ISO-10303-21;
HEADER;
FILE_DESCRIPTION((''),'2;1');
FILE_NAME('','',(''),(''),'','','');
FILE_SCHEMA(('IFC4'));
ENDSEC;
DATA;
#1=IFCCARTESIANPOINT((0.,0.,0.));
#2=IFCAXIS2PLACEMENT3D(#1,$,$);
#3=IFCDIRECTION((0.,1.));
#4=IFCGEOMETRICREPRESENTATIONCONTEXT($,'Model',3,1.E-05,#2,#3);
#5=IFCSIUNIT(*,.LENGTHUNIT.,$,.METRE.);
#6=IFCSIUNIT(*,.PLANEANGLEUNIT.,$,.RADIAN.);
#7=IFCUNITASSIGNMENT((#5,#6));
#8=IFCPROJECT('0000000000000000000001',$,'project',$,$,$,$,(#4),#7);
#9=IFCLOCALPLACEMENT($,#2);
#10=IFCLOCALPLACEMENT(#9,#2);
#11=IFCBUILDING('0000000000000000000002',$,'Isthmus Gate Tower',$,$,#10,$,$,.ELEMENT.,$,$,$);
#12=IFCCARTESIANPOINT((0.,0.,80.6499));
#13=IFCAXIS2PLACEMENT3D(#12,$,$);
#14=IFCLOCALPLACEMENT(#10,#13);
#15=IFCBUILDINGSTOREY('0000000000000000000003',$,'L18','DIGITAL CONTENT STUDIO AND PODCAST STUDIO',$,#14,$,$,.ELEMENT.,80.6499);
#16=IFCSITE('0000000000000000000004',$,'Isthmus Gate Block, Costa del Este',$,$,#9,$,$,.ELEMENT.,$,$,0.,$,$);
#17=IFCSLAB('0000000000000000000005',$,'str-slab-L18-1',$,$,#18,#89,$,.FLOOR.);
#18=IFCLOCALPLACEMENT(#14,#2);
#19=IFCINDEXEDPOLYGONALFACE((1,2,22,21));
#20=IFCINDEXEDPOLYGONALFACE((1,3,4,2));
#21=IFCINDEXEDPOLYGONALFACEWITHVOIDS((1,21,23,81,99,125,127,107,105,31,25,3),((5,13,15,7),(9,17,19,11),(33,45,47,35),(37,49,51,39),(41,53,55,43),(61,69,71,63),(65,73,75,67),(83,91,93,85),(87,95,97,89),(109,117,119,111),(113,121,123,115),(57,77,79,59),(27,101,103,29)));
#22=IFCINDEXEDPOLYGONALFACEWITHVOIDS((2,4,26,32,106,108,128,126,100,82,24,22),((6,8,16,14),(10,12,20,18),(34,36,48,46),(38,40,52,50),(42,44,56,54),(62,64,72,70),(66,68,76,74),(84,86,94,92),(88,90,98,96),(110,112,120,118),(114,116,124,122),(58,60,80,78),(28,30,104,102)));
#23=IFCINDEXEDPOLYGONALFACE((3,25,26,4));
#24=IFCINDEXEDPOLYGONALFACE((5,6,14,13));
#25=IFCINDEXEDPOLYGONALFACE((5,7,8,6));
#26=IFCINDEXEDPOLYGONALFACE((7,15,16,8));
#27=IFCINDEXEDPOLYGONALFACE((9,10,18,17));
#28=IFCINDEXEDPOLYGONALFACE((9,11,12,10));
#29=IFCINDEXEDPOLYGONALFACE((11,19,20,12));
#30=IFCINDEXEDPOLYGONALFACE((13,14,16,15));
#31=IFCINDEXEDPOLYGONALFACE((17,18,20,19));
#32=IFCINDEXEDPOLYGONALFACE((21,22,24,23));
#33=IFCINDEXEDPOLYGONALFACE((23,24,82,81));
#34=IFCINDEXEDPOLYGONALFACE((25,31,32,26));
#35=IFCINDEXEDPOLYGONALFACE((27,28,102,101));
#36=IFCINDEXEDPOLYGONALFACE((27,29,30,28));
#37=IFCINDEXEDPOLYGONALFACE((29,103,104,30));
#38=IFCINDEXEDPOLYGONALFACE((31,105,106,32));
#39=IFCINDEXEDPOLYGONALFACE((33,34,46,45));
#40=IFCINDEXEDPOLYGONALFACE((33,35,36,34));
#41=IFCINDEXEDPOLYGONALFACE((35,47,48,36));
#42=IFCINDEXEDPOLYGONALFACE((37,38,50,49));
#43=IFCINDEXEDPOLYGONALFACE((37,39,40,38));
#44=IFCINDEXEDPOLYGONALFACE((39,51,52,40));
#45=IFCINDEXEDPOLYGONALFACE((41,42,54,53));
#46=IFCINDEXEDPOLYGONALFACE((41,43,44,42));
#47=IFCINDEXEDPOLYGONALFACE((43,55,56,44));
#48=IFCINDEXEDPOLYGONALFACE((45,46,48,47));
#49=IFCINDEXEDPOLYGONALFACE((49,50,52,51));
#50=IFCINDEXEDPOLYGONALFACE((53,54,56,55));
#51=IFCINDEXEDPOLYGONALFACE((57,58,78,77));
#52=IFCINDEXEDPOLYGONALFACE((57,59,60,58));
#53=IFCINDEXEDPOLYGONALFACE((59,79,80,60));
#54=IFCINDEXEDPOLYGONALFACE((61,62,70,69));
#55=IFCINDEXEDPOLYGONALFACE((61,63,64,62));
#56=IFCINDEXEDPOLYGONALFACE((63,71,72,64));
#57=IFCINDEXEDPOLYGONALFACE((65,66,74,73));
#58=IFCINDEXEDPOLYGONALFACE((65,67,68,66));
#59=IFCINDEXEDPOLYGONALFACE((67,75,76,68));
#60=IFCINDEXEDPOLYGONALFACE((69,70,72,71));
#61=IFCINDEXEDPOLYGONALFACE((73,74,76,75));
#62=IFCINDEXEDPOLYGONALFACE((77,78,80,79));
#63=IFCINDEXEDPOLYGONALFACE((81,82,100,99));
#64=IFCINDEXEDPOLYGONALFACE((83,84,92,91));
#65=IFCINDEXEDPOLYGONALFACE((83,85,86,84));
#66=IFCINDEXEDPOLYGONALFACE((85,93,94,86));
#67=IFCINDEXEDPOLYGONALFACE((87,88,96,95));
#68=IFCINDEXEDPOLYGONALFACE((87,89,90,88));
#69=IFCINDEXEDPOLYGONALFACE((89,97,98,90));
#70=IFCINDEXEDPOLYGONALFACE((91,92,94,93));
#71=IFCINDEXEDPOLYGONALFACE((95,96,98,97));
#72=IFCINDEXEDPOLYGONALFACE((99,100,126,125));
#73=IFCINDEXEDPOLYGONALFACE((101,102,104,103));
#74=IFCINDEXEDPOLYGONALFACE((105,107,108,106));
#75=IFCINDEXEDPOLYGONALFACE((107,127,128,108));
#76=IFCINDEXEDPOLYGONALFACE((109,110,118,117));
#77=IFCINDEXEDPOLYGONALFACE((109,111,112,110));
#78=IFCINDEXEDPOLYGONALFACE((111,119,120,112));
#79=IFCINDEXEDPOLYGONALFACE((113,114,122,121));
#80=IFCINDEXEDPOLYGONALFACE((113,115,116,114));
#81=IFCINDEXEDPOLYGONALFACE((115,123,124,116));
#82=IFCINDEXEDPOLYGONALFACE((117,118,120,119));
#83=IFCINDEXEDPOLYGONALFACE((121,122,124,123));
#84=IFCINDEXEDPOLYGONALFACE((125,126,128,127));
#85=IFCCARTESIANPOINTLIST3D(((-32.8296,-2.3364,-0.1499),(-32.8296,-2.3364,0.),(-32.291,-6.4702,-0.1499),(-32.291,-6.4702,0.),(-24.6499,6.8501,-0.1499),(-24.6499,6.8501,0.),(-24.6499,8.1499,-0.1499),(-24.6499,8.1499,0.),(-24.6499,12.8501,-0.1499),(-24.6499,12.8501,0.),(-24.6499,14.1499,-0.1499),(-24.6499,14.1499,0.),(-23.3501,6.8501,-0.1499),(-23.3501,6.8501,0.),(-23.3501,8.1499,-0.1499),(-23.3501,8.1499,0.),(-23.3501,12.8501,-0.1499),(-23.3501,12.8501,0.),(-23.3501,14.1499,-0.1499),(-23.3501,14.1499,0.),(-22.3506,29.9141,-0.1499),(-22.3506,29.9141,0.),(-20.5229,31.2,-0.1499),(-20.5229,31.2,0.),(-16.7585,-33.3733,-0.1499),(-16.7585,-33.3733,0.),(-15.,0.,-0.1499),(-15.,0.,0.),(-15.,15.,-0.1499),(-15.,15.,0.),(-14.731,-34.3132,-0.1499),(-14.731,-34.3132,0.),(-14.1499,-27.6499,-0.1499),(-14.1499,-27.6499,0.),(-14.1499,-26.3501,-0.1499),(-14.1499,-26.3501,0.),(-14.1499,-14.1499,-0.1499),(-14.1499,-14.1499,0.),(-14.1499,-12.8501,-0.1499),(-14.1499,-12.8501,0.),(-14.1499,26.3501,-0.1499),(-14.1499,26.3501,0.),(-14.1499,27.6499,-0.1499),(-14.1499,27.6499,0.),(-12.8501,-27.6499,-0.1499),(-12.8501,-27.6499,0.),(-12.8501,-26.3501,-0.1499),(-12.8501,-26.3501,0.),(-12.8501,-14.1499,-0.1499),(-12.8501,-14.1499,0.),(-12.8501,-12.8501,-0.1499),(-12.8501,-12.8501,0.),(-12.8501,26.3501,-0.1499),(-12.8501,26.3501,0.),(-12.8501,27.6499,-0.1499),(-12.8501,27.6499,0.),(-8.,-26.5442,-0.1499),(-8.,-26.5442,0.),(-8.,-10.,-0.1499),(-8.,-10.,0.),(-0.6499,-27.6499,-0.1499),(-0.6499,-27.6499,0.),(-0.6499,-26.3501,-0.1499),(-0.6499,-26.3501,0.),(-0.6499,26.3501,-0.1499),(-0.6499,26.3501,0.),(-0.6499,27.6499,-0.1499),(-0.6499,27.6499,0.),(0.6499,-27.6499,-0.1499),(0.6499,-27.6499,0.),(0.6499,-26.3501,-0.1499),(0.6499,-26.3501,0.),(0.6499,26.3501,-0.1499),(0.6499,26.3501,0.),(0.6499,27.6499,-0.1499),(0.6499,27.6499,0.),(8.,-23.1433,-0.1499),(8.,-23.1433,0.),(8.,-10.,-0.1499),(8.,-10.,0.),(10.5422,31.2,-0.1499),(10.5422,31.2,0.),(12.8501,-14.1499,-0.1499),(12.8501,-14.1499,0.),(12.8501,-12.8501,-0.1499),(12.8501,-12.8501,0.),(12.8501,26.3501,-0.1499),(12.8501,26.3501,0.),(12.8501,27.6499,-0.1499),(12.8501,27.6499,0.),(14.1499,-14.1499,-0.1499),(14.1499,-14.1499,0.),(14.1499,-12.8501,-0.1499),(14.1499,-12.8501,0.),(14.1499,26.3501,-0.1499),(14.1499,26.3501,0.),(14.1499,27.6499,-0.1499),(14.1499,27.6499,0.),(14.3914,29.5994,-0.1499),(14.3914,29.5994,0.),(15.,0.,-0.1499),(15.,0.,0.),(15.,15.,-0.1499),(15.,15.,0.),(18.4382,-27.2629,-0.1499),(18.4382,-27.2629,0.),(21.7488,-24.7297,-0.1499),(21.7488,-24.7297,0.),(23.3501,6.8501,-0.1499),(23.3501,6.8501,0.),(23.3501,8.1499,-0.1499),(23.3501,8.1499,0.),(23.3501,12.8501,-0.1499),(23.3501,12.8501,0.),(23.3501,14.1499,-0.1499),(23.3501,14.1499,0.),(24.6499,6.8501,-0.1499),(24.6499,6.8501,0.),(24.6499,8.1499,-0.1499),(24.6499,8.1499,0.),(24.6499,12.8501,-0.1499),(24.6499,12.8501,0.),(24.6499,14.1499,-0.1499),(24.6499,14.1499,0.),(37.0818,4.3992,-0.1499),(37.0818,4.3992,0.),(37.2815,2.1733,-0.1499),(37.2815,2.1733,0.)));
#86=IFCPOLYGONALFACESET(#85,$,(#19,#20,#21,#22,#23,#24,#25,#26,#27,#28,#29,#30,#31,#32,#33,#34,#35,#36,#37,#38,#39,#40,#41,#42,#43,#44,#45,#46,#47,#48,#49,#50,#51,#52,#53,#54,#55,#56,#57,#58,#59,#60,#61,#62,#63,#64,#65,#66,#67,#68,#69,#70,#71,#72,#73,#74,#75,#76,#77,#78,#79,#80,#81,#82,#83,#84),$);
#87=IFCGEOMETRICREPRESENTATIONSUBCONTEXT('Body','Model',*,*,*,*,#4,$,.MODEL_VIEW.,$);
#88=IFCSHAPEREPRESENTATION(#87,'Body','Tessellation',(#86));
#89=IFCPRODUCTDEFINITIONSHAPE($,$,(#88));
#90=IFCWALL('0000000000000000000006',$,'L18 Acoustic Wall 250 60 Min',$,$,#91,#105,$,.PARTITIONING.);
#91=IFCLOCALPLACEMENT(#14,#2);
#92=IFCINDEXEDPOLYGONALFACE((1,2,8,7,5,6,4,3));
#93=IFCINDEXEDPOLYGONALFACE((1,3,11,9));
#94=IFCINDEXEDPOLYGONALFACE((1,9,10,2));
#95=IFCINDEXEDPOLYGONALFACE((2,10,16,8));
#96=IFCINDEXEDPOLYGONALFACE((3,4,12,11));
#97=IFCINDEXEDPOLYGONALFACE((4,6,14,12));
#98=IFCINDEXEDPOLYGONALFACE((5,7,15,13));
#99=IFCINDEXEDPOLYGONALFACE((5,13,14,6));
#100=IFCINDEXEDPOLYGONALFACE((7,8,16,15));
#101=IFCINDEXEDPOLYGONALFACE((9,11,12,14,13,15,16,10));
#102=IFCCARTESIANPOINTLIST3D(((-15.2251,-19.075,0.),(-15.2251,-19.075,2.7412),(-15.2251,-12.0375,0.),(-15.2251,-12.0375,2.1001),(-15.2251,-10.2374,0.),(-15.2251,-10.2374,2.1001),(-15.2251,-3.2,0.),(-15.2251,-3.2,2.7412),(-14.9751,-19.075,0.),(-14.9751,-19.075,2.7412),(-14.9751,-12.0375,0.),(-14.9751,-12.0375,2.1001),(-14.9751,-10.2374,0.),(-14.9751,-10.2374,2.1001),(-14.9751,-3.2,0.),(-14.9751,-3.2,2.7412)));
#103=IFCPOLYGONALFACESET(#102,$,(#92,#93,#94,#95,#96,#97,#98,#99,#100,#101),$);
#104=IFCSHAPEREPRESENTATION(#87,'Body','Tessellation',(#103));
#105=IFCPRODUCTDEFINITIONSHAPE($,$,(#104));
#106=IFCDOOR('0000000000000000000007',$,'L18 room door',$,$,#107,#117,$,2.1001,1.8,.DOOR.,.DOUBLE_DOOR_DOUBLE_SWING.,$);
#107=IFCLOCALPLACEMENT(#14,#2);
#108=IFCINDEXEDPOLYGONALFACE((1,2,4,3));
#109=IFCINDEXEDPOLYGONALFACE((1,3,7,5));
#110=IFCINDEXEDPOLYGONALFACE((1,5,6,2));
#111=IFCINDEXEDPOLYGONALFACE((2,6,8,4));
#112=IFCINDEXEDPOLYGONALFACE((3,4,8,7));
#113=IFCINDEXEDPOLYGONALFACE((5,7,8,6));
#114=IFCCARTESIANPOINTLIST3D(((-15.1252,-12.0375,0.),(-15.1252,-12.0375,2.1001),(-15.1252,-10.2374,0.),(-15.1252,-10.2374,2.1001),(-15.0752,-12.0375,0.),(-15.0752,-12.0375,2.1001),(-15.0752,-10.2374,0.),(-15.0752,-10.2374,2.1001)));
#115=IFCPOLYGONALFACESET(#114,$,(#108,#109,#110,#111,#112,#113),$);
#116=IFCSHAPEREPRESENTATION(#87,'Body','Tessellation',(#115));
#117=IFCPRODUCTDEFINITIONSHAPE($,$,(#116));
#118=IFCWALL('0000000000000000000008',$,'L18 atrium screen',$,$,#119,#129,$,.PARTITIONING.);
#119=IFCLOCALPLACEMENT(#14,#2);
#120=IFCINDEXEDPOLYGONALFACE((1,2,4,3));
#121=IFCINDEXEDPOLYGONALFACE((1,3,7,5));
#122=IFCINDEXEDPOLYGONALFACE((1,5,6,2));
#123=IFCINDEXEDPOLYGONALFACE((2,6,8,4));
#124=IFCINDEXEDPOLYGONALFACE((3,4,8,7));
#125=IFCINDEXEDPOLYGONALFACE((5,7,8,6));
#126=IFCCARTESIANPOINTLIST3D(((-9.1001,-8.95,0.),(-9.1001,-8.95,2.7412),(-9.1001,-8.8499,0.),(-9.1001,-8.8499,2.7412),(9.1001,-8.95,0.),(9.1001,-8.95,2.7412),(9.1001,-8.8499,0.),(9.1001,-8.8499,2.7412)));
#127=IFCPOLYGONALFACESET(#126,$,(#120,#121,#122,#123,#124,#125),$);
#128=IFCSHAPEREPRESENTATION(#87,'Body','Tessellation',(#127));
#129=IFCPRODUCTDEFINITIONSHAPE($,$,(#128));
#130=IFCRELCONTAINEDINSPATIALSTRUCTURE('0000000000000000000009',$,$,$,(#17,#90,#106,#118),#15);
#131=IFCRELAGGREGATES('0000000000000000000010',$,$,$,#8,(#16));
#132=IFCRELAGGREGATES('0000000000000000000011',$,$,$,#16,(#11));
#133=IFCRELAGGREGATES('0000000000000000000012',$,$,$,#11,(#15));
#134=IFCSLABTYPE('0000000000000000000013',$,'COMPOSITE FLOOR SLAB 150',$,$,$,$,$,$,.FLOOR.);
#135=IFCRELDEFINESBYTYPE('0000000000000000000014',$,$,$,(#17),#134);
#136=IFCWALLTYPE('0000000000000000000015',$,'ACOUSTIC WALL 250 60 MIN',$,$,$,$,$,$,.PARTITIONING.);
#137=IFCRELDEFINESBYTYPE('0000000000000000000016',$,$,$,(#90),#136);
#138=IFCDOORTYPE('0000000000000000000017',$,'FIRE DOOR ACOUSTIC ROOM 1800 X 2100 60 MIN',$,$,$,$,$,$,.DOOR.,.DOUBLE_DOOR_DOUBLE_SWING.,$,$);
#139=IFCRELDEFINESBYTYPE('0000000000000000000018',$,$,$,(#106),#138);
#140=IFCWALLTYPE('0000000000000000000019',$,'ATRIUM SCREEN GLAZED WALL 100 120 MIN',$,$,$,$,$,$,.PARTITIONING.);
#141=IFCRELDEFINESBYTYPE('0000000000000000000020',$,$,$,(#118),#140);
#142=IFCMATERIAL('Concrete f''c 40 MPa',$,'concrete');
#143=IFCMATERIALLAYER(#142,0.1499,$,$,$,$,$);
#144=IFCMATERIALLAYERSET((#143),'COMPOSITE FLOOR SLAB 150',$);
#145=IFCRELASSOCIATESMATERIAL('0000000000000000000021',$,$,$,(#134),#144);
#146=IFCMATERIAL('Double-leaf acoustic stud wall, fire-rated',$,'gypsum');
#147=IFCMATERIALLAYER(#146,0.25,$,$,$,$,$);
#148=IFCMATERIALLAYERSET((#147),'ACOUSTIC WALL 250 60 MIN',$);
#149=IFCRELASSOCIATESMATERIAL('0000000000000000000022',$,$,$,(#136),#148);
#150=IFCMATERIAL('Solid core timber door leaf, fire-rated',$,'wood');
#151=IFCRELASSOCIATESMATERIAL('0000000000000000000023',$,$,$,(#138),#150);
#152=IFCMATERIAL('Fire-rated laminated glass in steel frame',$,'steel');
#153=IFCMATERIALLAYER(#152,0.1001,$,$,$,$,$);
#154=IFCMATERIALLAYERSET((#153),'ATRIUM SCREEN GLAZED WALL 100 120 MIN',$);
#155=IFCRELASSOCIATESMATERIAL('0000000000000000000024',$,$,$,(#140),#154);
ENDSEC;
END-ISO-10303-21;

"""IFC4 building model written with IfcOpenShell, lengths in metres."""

from ifc_helpers import new_model, si_unit, direction, frame, frame_2d, origin, place, context, subcontext, project, spatial, polyline, rectangle, outline, extrude, material, layer, layer_set, type_object, element, fill, save


model = new_model("IFC4")

# Units and contexts
model_context = context("Model", 3, precision=1e-05, world=origin(), true_north=direction((0.0, 1.0)))
body_context = subcontext(model_context, "Body", "Model", "MODEL_VIEW")
ifc_project = project(units=[si_unit("LENGTHUNIT", "METRE"), si_unit("PLANEANGLEUNIT", "RADIAN")], contexts=[model_context])

# Site, building, storey
site_placement = place(None, origin())
site = spatial("IfcSite", under=ifc_project, at=site_placement, Name="Isthmus Gate Block, Costa del Este", CompositionType="ELEMENT", RefElevation=0.0)
building_placement = place(site_placement, origin())
building = spatial("IfcBuilding", under=site, at=building_placement, Name="Isthmus Gate Tower", CompositionType="ELEMENT")
storey_placement = place(building_placement, frame((0.0, 0.0, 80.6499)))
storey = spatial("IfcBuildingStorey", under=building, at=storey_placement, Name="L18", Description="DIGITAL CONTENT STUDIO AND PODCAST STUDIO", CompositionType="ELEMENT", Elevation=80.6499)

# Slab
ifc_material_1 = material(Name="Concrete f'c 40 MPa", Category="concrete")
ifc_layer_1 = layer(ifc_material_1, 0.1499)
ifc_layer_set_1 = layer_set([ifc_layer_1], Name="COMPOSITE FLOOR SLAB 150")
slab_type = type_object("IfcSlabType", Name="COMPOSITE FLOOR SLAB 150", PredefinedType="FLOOR", material=ifc_layer_set_1)
slab_placement = place(storey_placement, frame((0.0, 0.0, -0.1499)))
element("IfcSlab", 1, at=slab_placement, inside=storey, type_object=slab_type, Name="str-slab-L18-1", PredefinedType="FLOOR", context=body_context, shape_type="SweptSolid", body=[
    extrude(outline(polyline([(14.3914, 29.5994), (37.0818, 4.3992), (37.2815, 2.1733), (21.7488, -24.7297), (18.4382, -27.2629), (-14.731, -34.3132), (-16.7585, -33.3733), (-32.291, -6.4702), (-32.8296, -2.3364), (-22.3506, 29.9141), (-20.5229, 31.2), (10.5422, 31.2), (14.3914, 29.5994)]), holes=[polyline([(-14.1499, -27.6499), (-12.8501, -27.6499), (-12.8501, -26.3501), (-14.1499, -26.3501), (-14.1499, -27.6499)]), polyline([(-0.6499, -26.3501), (-0.6499, -27.6499), (0.6499, -27.6499), (0.6499, -26.3501), (-0.6499, -26.3501)]), polyline([(-14.1499, -12.8501), (-14.1499, -14.1499), (-12.8501, -14.1499), (-12.8501, -12.8501), (-14.1499, -12.8501)]), polyline([(-24.6499, 8.1499), (-24.6499, 6.8501), (-23.3501, 6.8501), (-23.3501, 8.1499), (-24.6499, 8.1499)]), polyline([(-23.3501, 14.1499), (-24.6499, 14.1499), (-24.6499, 12.8501), (-23.3501, 12.8501), (-23.3501, 14.1499)]), polyline([(-14.1499, 27.6499), (-14.1499, 26.3501), (-12.8501, 26.3501), (-12.8501, 27.6499), (-14.1499, 27.6499)]), polyline([(-0.6499, 27.6499), (-0.6499, 26.3501), (0.6499, 26.3501), (0.6499, 27.6499), (-0.6499, 27.6499)]), polyline([(8.0, -23.1433), (8.0, -10.0), (-8.0, -10.0), (-8.0, -26.5442), (8.0, -23.1433)]), polyline([(14.1499, -12.8501), (12.8501, -12.8501), (12.8501, -14.1499), (14.1499, -14.1499), (14.1499, -12.8501)]), polyline([(15.0, 15.0), (-15.0, 15.0), (-15.0, 0.0), (15.0, 0.0), (15.0, 15.0)]), polyline([(24.6499, 8.1499), (23.3501, 8.1499), (23.3501, 6.8501), (24.6499, 6.8501), (24.6499, 8.1499)]), polyline([(23.3501, 14.1499), (23.3501, 12.8501), (24.6499, 12.8501), (24.6499, 14.1499), (23.3501, 14.1499)]), polyline([(14.1499, 27.6499), (12.8501, 27.6499), (12.8501, 26.3501), (14.1499, 26.3501), (14.1499, 27.6499)])]), origin(), (0.0, 0.0, 1.0), 0.1499),
])

# Wall, opening, door
ifc_material_2 = material(Name="Double-leaf acoustic stud wall, fire-rated", Category="gypsum")
ifc_layer_2 = layer(ifc_material_2, 0.25)
ifc_layer_set_2 = layer_set([ifc_layer_2], Name="ACOUSTIC WALL 250 60 MIN")
wall_type_1 = type_object("IfcWallType", Name="ACOUSTIC WALL 250 60 MIN", PredefinedType="PARTITIONING", material=ifc_layer_set_2)
wall_1_placement = place(storey_placement, frame((-15.1001, -3.2, 0.0), z_axis=(0.0, 0.0, 1.0), x_axis=(0.0, -1.0, 0.0)))
wall_1 = element("IfcWall", 2, at=wall_1_placement, inside=storey, type_object=wall_type_1, Name="L18 Acoustic Wall 250 60 Min", PredefinedType="PARTITIONING", context=body_context, shape_type="SweptSolid", body=[
    extrude(rectangle(XDim=15.875, YDim=0.25, at=frame_2d((7.9375, 0.0))), origin(), (0.0, 0.0, 1.0), 2.7412),
])
opening_placement = place(wall_1_placement, frame((7.0376, 0.0, 0.0)))
opening = element("IfcOpeningElement", 3, at=opening_placement, cuts=wall_1, PredefinedType="OPENING", context=body_context, shape_type="SweptSolid", body=[
    extrude(rectangle(XDim=1.8, YDim=2.1001, at=frame_2d((0.8999, 1.05))), frame((0.0, 0.135, 0.0), z_axis=(0.0, -1.0, 0.0), x_axis=(1.0, 0.0, 0.0)), (0.0, 0.0, 1.0), 0.27),
])
ifc_material_3 = material(Name="Solid core timber door leaf, fire-rated", Category="wood")
door_type = type_object("IfcDoorType", Name="FIRE DOOR ACOUSTIC ROOM 1800 X 2100 60 MIN", OperationType="DOUBLE_DOOR_DOUBLE_SWING", PredefinedType="DOOR", material=ifc_material_3)
door_placement = place(opening_placement, origin())
door = element("IfcDoor", 4, at=door_placement, inside=storey, type_object=door_type, Name="L18 room door", OperationType="DOUBLE_DOOR_DOUBLE_SWING", OverallHeight=2.1001, OverallWidth=1.8, PredefinedType="DOOR", context=body_context, shape_type="SweptSolid", body=[
    extrude(rectangle(XDim=1.8, YDim=2.1001, at=frame_2d((0.8999, 1.05))), frame((0.0, 0.0249, 0.0), z_axis=(0.0, -1.0, 0.0), x_axis=(1.0, 0.0, 0.0)), (0.0, 0.0, 1.0), 0.05),
])
fill(opening, door)

# Wall
ifc_material_4 = material(Name="Fire-rated laminated glass in steel frame", Category="steel")
ifc_layer_3 = layer(ifc_material_4, 0.1001)
ifc_layer_set_3 = layer_set([ifc_layer_3], Name="ATRIUM SCREEN GLAZED WALL 100 120 MIN")
wall_type_2 = type_object("IfcWallType", Name="ATRIUM SCREEN GLAZED WALL 100 120 MIN", PredefinedType="PARTITIONING", material=ifc_layer_set_3)
wall_2_placement = place(storey_placement, frame((-9.1001, -8.8999, 0.0), z_axis=(0.0, 0.0, 1.0), x_axis=(1.0, 0.0, 0.0)))
element("IfcWall", 5, at=wall_2_placement, inside=storey, type_object=wall_type_2, Name="L18 atrium screen", PredefinedType="PARTITIONING", context=body_context, shape_type="SweptSolid", body=[
    extrude(rectangle(XDim=18.2002, YDim=0.1001, at=frame_2d((9.1001, 0.0))), origin(), (0.0, 0.0, 1.0), 2.7412),
])

save(model, "model.ifc")
